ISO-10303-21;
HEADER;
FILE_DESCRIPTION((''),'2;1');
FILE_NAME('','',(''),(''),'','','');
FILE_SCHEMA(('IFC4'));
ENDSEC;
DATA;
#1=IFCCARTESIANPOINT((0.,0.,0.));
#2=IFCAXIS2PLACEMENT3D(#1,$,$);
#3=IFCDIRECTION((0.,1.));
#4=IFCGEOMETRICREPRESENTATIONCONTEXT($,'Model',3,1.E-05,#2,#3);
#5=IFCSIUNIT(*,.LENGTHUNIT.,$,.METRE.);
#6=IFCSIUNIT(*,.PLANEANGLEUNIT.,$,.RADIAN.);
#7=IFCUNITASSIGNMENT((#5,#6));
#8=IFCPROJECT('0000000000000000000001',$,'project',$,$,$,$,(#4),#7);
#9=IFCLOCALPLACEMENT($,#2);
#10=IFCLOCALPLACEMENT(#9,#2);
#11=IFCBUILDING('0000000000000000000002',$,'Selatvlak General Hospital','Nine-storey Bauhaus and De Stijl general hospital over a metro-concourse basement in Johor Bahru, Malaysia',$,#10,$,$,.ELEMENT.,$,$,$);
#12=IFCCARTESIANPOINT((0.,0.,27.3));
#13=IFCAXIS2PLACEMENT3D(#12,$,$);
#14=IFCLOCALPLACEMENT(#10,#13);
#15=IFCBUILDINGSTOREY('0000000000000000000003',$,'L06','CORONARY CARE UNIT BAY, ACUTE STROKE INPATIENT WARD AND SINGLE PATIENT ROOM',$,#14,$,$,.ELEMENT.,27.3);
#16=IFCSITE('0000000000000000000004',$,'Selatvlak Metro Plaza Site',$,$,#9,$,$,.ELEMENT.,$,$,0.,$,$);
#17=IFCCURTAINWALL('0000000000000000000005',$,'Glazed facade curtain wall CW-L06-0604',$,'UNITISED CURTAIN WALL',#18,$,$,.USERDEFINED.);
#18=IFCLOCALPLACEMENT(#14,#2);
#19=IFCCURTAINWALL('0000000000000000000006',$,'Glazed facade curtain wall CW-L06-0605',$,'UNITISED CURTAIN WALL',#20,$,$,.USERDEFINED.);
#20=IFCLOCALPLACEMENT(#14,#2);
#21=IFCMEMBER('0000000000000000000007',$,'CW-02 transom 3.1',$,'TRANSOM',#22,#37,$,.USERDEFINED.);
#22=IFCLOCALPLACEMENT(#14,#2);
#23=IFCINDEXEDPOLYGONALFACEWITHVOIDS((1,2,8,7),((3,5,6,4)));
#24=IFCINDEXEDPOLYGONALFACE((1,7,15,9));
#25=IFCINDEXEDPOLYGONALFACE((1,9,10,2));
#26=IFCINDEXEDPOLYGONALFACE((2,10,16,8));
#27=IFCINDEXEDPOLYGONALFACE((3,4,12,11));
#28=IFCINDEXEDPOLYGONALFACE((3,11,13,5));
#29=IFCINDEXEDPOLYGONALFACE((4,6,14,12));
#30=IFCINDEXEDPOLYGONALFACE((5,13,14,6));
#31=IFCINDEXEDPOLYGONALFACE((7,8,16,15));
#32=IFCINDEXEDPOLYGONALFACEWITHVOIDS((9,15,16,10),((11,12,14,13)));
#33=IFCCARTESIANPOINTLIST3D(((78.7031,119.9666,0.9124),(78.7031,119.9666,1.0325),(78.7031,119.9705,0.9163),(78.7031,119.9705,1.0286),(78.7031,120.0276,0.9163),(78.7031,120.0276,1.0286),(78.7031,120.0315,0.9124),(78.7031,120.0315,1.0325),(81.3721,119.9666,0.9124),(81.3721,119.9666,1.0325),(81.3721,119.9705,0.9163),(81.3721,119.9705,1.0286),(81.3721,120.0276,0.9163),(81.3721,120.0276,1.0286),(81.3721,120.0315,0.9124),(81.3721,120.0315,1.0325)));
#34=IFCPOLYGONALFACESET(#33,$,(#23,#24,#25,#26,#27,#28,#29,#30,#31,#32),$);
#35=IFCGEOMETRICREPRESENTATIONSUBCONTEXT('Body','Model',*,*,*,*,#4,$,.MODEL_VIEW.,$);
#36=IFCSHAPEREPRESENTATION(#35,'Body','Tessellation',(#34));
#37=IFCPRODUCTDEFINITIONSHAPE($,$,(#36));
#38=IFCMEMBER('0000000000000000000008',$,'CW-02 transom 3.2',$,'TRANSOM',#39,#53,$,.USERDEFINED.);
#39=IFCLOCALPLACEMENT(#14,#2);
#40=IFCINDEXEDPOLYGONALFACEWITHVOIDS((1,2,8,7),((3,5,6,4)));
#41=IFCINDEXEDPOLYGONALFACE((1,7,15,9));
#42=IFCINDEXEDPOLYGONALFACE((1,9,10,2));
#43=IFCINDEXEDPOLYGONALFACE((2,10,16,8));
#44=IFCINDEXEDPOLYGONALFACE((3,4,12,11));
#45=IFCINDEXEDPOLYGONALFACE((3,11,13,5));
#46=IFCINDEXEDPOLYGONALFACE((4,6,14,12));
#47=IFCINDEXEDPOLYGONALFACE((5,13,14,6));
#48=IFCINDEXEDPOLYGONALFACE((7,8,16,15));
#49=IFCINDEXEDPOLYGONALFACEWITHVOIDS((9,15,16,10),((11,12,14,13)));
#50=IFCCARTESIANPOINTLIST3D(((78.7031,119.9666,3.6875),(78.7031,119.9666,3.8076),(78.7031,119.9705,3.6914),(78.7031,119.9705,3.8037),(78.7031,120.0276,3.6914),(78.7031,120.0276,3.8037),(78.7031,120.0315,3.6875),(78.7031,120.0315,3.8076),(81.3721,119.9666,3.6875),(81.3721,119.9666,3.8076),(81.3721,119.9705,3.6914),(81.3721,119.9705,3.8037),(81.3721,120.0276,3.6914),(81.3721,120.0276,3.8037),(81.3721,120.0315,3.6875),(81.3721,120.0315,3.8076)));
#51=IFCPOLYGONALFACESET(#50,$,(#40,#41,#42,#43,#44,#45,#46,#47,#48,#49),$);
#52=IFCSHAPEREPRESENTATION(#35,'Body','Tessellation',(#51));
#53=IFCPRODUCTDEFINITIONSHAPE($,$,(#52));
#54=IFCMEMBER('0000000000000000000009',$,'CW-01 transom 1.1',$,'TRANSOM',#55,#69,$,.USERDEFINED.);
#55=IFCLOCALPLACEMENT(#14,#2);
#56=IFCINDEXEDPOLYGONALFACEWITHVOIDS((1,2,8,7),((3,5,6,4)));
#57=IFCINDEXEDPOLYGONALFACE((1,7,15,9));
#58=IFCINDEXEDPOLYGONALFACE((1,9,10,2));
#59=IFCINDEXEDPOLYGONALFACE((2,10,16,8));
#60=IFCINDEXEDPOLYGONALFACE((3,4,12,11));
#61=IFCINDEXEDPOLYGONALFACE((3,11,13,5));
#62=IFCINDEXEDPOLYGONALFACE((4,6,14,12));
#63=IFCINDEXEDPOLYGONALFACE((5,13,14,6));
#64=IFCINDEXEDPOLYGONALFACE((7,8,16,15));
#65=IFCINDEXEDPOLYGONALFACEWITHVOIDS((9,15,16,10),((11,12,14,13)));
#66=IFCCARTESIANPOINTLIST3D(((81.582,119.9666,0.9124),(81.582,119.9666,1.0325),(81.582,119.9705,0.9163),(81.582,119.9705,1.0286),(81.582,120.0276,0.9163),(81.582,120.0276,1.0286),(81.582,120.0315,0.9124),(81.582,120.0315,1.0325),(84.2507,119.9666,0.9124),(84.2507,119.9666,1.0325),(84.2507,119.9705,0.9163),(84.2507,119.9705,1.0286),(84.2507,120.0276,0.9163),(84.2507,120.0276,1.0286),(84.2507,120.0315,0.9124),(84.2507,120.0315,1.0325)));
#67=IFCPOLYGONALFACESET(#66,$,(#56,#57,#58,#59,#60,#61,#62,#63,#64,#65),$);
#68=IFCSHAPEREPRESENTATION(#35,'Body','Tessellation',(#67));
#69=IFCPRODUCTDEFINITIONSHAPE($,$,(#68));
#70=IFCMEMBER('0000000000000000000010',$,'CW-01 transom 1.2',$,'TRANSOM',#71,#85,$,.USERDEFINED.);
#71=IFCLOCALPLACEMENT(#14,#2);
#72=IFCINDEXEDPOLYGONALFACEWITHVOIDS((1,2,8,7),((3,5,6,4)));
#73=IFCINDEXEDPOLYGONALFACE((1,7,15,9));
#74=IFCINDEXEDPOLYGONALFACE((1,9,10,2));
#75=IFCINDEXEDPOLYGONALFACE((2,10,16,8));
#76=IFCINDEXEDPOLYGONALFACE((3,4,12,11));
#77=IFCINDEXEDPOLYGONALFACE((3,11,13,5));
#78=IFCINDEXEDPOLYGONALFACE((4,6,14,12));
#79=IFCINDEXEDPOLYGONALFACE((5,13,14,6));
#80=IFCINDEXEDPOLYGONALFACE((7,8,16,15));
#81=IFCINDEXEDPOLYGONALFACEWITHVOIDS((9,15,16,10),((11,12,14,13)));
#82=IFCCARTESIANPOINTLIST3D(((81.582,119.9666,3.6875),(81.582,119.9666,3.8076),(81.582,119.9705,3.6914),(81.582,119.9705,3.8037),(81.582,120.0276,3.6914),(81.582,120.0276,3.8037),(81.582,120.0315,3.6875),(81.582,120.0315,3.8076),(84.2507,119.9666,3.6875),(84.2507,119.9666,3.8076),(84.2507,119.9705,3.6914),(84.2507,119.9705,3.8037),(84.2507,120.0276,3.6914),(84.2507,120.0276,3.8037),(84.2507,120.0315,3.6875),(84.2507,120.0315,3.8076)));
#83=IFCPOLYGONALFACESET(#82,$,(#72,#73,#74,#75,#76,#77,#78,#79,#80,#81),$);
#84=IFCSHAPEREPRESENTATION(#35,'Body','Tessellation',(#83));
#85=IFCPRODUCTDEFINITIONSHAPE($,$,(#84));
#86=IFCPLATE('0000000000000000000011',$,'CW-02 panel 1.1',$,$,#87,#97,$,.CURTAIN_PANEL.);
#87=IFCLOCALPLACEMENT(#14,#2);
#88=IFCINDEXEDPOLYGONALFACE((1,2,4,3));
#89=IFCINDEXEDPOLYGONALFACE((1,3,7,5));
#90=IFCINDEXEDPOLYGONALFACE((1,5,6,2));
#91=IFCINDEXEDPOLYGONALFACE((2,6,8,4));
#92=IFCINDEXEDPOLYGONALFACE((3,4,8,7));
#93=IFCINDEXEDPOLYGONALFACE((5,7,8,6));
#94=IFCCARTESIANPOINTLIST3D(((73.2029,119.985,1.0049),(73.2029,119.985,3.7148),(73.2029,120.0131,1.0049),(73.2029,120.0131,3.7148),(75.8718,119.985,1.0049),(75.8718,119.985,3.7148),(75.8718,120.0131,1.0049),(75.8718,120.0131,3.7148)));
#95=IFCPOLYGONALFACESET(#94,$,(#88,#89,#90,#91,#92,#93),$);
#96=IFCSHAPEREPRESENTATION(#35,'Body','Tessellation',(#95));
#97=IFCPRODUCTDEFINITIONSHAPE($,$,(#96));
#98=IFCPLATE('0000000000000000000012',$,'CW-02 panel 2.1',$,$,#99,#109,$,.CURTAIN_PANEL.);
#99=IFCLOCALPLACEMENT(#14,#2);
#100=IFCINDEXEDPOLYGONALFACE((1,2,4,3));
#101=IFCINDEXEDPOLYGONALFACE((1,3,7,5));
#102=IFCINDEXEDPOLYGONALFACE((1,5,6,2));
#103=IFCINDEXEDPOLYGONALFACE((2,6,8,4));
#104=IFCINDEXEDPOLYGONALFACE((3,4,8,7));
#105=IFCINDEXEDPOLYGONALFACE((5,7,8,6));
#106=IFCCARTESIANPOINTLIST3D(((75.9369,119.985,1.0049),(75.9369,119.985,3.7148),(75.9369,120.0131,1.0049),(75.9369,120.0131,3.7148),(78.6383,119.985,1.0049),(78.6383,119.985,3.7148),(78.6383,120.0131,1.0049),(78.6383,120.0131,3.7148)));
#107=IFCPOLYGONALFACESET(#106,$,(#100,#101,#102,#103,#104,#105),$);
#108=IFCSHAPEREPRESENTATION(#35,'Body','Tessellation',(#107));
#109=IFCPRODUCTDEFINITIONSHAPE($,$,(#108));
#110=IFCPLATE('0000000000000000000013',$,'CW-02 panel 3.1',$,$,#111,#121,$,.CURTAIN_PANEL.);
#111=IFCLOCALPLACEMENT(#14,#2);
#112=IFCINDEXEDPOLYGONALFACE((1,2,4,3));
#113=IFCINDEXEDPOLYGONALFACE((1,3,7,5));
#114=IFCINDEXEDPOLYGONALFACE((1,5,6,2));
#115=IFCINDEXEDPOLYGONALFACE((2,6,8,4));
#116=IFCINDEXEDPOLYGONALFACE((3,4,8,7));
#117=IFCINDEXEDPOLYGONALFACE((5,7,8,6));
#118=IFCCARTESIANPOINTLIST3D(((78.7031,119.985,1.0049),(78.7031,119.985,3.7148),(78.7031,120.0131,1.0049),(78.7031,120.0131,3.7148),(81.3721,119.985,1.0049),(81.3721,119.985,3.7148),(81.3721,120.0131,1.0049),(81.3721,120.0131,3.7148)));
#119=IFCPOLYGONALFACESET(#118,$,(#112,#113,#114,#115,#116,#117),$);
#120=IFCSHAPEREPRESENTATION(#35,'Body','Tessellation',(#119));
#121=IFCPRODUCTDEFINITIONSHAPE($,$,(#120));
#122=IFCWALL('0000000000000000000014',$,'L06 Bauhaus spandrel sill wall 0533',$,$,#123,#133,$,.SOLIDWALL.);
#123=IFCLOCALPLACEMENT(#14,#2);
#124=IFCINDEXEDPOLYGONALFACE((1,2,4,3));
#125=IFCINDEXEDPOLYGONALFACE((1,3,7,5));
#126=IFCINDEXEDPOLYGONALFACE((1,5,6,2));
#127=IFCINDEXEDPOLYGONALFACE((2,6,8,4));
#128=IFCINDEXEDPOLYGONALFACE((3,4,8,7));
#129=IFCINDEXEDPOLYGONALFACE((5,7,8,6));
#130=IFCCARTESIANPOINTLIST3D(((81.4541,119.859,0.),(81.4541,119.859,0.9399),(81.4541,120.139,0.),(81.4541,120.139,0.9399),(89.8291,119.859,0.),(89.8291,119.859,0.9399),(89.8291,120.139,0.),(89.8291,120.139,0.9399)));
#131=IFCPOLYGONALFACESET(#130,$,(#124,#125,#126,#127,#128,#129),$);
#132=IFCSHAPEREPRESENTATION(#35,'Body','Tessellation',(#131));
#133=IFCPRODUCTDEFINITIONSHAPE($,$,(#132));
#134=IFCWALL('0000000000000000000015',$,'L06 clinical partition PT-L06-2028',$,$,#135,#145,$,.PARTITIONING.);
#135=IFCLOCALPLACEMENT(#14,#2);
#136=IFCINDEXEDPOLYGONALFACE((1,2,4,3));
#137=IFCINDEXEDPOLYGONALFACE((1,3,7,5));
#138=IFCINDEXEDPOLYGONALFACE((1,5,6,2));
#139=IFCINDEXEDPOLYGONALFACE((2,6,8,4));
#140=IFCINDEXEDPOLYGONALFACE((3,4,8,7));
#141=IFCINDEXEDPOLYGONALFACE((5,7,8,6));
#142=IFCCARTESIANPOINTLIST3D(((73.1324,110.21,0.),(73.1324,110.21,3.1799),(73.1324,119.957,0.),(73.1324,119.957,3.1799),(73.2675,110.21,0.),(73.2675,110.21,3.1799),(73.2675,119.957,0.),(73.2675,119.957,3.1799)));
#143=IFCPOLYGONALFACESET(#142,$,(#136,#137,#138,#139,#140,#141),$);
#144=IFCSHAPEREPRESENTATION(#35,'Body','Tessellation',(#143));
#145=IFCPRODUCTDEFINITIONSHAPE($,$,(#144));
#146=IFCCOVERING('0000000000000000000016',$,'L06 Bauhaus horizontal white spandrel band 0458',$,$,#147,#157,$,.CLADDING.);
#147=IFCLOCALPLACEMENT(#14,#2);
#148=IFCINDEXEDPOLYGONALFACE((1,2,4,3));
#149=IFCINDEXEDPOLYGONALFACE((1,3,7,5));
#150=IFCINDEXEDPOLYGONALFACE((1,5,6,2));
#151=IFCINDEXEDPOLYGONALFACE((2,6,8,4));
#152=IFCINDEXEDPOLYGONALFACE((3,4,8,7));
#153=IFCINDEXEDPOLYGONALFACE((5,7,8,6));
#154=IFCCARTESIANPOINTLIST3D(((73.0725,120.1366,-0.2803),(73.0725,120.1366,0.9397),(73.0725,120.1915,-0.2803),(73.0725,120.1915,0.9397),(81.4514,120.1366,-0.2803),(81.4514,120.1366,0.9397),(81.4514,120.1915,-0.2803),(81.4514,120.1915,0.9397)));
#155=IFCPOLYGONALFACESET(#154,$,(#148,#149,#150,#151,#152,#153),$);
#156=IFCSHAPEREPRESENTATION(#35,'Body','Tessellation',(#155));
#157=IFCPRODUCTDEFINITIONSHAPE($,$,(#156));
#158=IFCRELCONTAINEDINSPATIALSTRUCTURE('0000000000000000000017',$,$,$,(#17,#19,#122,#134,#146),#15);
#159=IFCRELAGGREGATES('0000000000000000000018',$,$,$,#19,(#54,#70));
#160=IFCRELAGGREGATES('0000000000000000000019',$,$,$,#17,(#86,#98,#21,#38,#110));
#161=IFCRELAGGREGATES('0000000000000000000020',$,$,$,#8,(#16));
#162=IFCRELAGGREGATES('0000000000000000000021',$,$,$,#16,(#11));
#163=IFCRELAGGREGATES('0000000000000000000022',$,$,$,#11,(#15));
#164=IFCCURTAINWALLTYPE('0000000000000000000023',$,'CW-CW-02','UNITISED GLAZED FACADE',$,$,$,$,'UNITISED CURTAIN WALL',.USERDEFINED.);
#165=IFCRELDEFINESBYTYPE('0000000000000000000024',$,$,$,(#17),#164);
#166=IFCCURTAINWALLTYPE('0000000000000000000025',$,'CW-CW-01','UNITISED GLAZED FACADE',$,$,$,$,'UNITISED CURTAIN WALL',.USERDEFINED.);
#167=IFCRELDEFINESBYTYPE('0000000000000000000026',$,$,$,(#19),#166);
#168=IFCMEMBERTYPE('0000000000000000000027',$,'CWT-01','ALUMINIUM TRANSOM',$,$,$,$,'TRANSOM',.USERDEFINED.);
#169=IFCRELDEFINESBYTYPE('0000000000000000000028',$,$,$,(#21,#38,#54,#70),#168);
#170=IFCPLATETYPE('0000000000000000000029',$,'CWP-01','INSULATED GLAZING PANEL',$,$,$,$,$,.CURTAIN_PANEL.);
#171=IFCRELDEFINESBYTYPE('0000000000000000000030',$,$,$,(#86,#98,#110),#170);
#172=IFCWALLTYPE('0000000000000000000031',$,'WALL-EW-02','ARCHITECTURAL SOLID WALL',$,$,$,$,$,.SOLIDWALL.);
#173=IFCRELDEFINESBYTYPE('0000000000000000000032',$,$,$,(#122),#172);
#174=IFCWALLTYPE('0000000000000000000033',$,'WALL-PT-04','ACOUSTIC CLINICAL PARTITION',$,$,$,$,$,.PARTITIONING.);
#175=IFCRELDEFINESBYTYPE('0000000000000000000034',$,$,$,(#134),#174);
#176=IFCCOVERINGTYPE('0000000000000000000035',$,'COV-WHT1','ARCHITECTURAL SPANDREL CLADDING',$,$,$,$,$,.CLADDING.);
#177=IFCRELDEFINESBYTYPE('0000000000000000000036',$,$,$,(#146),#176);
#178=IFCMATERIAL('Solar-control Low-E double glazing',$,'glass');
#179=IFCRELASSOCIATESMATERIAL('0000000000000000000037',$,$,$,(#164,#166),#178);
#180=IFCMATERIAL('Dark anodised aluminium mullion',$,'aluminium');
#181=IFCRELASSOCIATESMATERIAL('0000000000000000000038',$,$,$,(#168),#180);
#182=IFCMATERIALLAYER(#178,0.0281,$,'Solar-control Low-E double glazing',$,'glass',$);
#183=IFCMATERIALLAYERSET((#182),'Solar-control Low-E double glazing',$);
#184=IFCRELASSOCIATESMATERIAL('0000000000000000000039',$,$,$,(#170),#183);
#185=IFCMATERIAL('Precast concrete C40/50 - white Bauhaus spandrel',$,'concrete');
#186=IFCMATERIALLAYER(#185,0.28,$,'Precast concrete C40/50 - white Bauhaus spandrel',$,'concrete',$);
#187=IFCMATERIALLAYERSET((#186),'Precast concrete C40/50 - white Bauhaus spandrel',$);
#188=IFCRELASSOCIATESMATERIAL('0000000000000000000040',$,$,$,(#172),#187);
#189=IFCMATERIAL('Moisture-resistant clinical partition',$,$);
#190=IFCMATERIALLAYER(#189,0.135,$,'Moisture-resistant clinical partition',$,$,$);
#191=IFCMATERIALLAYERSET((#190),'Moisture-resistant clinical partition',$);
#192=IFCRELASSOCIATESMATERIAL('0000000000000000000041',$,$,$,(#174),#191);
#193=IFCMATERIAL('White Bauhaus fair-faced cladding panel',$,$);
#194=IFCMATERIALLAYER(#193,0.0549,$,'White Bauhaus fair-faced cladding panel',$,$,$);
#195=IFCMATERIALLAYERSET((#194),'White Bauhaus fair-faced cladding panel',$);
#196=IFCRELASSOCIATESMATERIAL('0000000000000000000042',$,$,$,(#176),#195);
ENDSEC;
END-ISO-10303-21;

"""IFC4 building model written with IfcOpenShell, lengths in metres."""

from ifc_helpers import new_model, si_unit, direction, frame, frame_2d, origin, origin_2d, place, context, subcontext, project, spatial, rectangle, hollow_rectangle, extrude, material, layer, layer_set, material_profile, profile_set, type_object, element, aggregate, save


model = new_model("IFC4")

# Units and contexts
model_context = context("Model", 3, precision=1e-05, world=origin(), true_north=direction((0.0, 1.0)))
body_context = subcontext(model_context, "Body", "Model", "MODEL_VIEW")
ifc_project = project(units=[si_unit("LENGTHUNIT", "METRE"), si_unit("PLANEANGLEUNIT", "RADIAN")], contexts=[model_context])

# Site, building, storey
site_placement = place(None, origin())
site = spatial("IfcSite", under=ifc_project, at=site_placement, Name="Selatvlak Metro Plaza Site", CompositionType="ELEMENT", RefElevation=0.0)
building_placement = place(site_placement, origin())
building = spatial("IfcBuilding", under=site, at=building_placement, Name="Selatvlak General Hospital", Description="Nine-storey Bauhaus and De Stijl general hospital over a metro-concourse basement in Johor Bahru, Malaysia", CompositionType="ELEMENT")
storey_placement = place(building_placement, frame((0.0, 0.0, 27.3)))
storey = spatial("IfcBuildingStorey", under=building, at=storey_placement, Name="L06", Description="CORONARY CARE UNIT BAY, ACUTE STROKE INPATIENT WARD AND SINGLE PATIENT ROOM", CompositionType="ELEMENT", Elevation=27.3)

# Curtain wall
ifc_material_1 = material(Name="Solar-control Low-E double glazing", Category="glass")
curtain_wall_type_1 = type_object("IfcCurtainWallType", Name="CW-CW-02", Description="UNITISED GLAZED FACADE", ElementType="UNITISED CURTAIN WALL", PredefinedType="USERDEFINED", material=ifc_material_1)
curtain_wall_1_placement = place(storey_placement, origin())
curtain_wall_1 = element("IfcCurtainWall", 1, at=curtain_wall_1_placement, inside=storey, type_object=curtain_wall_type_1, Name="Glazed facade curtain wall CW-L06-0604", ObjectType="UNITISED CURTAIN WALL", PredefinedType="USERDEFINED")
ifc_material_2 = material(Name="Dark anodised aluminium mullion", Category="aluminium")

# Curtain wall
curtain_wall_type_2 = type_object("IfcCurtainWallType", Name="CW-CW-01", Description="UNITISED GLAZED FACADE", ElementType="UNITISED CURTAIN WALL", PredefinedType="USERDEFINED", material=ifc_material_1)
curtain_wall_2_placement = place(storey_placement, origin())
curtain_wall_2 = element("IfcCurtainWall", 2, at=curtain_wall_2_placement, inside=storey, type_object=curtain_wall_type_2, Name="Glazed facade curtain wall CW-L06-0605", ObjectType="UNITISED CURTAIN WALL", PredefinedType="USERDEFINED")

# Members
ifc_material_profile_1 = material_profile(ifc_material_2, hollow_rectangle(XDim=0.0649, YDim=0.1201, WallThickness=0.0039, at=origin_2d()), Name="AL-TRN 65x120x4")
ifc_profile_set_1 = profile_set([ifc_material_profile_1], Name="Dark anodised aluminium mullion")
member_type_1 = type_object("IfcMemberType", Name="CWT-01", Description="ALUMINIUM TRANSOM", ElementType="TRANSOM", PredefinedType="USERDEFINED", material=ifc_profile_set_1)
member_1_placement = place(storey_placement, frame((78.7031, 119.999, 0.9724), z_axis=(1.0, 0.0, 0.0), x_axis=(0.0, 1.0, 0.0)))
member_1 = element("IfcMember", 3, at=member_1_placement, type_object=member_type_1, Name="CW-02 transom 3.1", ObjectType="TRANSOM", PredefinedType="USERDEFINED", context=body_context, shape_type="SweptSolid", body=[
    extrude(hollow_rectangle(XDim=0.0649, YDim=0.1201, WallThickness=0.0039, at=origin_2d()), origin(), (0.0, 0.0, 1.0), 2.6689),
])
member_2_placement = place(storey_placement, frame((78.7031, 119.999, 3.7476), z_axis=(1.0, 0.0, 0.0), x_axis=(0.0, 1.0, 0.0)))
member_2 = element("IfcMember", 4, at=member_2_placement, type_object=member_type_1, Name="CW-02 transom 3.2", ObjectType="TRANSOM", PredefinedType="USERDEFINED", context=body_context, shape_type="SweptSolid", body=[
    extrude(hollow_rectangle(XDim=0.0649, YDim=0.1201, WallThickness=0.0039, at=origin_2d()), origin(), (0.0, 0.0, 1.0), 2.6689),
])
member_3_placement = place(storey_placement, frame((81.582, 119.999, 0.9724), z_axis=(1.0, 0.0, 0.0), x_axis=(0.0, 1.0, 0.0)))
member_3 = element("IfcMember", 5, at=member_3_placement, type_object=member_type_1, Name="CW-01 transom 1.1", ObjectType="TRANSOM", PredefinedType="USERDEFINED", context=body_context, shape_type="SweptSolid", body=[
    extrude(hollow_rectangle(XDim=0.0649, YDim=0.1201, WallThickness=0.0039, at=origin_2d()), origin(), (0.0, 0.0, 1.0), 2.6687),
])
member_4_placement = place(storey_placement, frame((81.582, 119.999, 3.7476), z_axis=(1.0, 0.0, 0.0), x_axis=(0.0, 1.0, 0.0)))
member_4 = element("IfcMember", 6, at=member_4_placement, type_object=member_type_1, Name="CW-01 transom 1.2", ObjectType="TRANSOM", PredefinedType="USERDEFINED", context=body_context, shape_type="SweptSolid", body=[
    extrude(hollow_rectangle(XDim=0.0649, YDim=0.1201, WallThickness=0.0039, at=origin_2d()), origin(), (0.0, 0.0, 1.0), 2.6687),
])
aggregate(curtain_wall_2, [member_3, member_4])

# Plates
ifc_layer_1 = layer(ifc_material_1, 0.0281, Name="Solar-control Low-E double glazing", Category="glass")
ifc_layer_set_1 = layer_set([ifc_layer_1], Name="Solar-control Low-E double glazing")
plate_type = type_object("IfcPlateType", Name="CWP-01", Description="INSULATED GLAZING PANEL", PredefinedType="CURTAIN_PANEL", material=ifc_layer_set_1)
plate_1_placement = place(storey_placement, frame((74.5374, 119.999, 1.0049), z_axis=(0.0, 0.0, 1.0), x_axis=(1.0, 0.0, 0.0)))
plate_1 = element("IfcPlate", 7, at=plate_1_placement, type_object=plate_type, Name="CW-02 panel 1.1", PredefinedType="CURTAIN_PANEL", context=body_context, shape_type="SweptSolid", body=[
    extrude(rectangle(XDim=2.6689, YDim=0.0281, at=origin_2d()), origin(), (0.0, 0.0, 1.0), 2.71),
])
plate_2_placement = place(storey_placement, frame((77.2876, 119.999, 1.0049), z_axis=(0.0, 0.0, 1.0), x_axis=(1.0, 0.0, 0.0)))
plate_2 = element("IfcPlate", 8, at=plate_2_placement, type_object=plate_type, Name="CW-02 panel 2.1", PredefinedType="CURTAIN_PANEL", context=body_context, shape_type="SweptSolid", body=[
    extrude(rectangle(XDim=2.7014, YDim=0.0281, at=origin_2d()), origin(), (0.0, 0.0, 1.0), 2.71),
])
plate_3_placement = place(storey_placement, frame((80.0376, 119.999, 1.0049), z_axis=(0.0, 0.0, 1.0), x_axis=(1.0, 0.0, 0.0)))
plate_3 = element("IfcPlate", 9, at=plate_3_placement, type_object=plate_type, Name="CW-02 panel 3.1", PredefinedType="CURTAIN_PANEL", context=body_context, shape_type="SweptSolid", body=[
    extrude(rectangle(XDim=2.6689, YDim=0.0281, at=origin_2d()), origin(), (0.0, 0.0, 1.0), 2.71),
])
aggregate(curtain_wall_1, [plate_1, plate_2, member_1, member_2, plate_3])

# Wall
ifc_material_3 = material(Name="Precast concrete C40/50 - white Bauhaus spandrel", Category="concrete")
ifc_layer_2 = layer(ifc_material_3, 0.28, Name="Precast concrete C40/50 - white Bauhaus spandrel", Category="concrete")
ifc_layer_set_2 = layer_set([ifc_layer_2], Name="Precast concrete C40/50 - white Bauhaus spandrel")
wall_type_1 = type_object("IfcWallType", Name="WALL-EW-02", Description="ARCHITECTURAL SOLID WALL", PredefinedType="SOLIDWALL", material=ifc_layer_set_2)
wall_1_placement = place(storey_placement, frame((81.4541, 119.999, 0.0), z_axis=(0.0, 0.0, 1.0), x_axis=(1.0, 0.0, 0.0)))
element("IfcWall", 10, at=wall_1_placement, inside=storey, type_object=wall_type_1, Name="L06 Bauhaus spandrel sill wall 0533", PredefinedType="SOLIDWALL", context=body_context, shape_type="SweptSolid", body=[
    extrude(rectangle(XDim=8.375, YDim=0.28, at=frame_2d((4.1875, 0.0))), origin(), (0.0, 0.0, 1.0), 0.9399),
])

# Wall
ifc_material_4 = material(Name="Moisture-resistant clinical partition")
ifc_layer_3 = layer(ifc_material_4, 0.135, Name="Moisture-resistant clinical partition")
ifc_layer_set_3 = layer_set([ifc_layer_3], Name="Moisture-resistant clinical partition")
wall_type_2 = type_object("IfcWallType", Name="WALL-PT-04", Description="ACOUSTIC CLINICAL PARTITION", PredefinedType="PARTITIONING", material=ifc_layer_set_3)
wall_2_placement = place(storey_placement, frame((73.2, 119.957, 0.0), z_axis=(0.0, 0.0, 1.0), x_axis=(0.0, -1.0, 0.0)))
element("IfcWall", 11, at=wall_2_placement, inside=storey, type_object=wall_type_2, Name="L06 clinical partition PT-L06-2028", PredefinedType="PARTITIONING", context=body_context, shape_type="SweptSolid", body=[
    extrude(rectangle(XDim=9.7471, YDim=0.135, at=frame_2d((4.8735, 0.0))), origin(), (0.0, 0.0, 1.0), 3.1799),
])

# Covering
ifc_material_5 = material(Name="White Bauhaus fair-faced cladding panel")
ifc_layer_4 = layer(ifc_material_5, 0.0549, Name="White Bauhaus fair-faced cladding panel")
ifc_layer_set_4 = layer_set([ifc_layer_4], Name="White Bauhaus fair-faced cladding panel")
covering_type = type_object("IfcCoveringType", Name="COV-WHT1", Description="ARCHITECTURAL SPANDREL CLADDING", PredefinedType="CLADDING", material=ifc_layer_set_4)
covering_placement = place(storey_placement, frame((77.262, 120.1641, -0.2803), z_axis=(0.0, 0.0, 1.0), x_axis=(1.0, 0.0, 0.0)))
element("IfcCovering", 12, at=covering_placement, inside=storey, type_object=covering_type, Name="L06 Bauhaus horizontal white spandrel band 0458", PredefinedType="CLADDING", context=body_context, shape_type="SweptSolid", body=[
    extrude(rectangle(XDim=8.3789, YDim=0.0549, at=origin_2d()), origin(), (0.0, 0.0, 1.0), 1.22),
])

save(model, "model.ifc")
